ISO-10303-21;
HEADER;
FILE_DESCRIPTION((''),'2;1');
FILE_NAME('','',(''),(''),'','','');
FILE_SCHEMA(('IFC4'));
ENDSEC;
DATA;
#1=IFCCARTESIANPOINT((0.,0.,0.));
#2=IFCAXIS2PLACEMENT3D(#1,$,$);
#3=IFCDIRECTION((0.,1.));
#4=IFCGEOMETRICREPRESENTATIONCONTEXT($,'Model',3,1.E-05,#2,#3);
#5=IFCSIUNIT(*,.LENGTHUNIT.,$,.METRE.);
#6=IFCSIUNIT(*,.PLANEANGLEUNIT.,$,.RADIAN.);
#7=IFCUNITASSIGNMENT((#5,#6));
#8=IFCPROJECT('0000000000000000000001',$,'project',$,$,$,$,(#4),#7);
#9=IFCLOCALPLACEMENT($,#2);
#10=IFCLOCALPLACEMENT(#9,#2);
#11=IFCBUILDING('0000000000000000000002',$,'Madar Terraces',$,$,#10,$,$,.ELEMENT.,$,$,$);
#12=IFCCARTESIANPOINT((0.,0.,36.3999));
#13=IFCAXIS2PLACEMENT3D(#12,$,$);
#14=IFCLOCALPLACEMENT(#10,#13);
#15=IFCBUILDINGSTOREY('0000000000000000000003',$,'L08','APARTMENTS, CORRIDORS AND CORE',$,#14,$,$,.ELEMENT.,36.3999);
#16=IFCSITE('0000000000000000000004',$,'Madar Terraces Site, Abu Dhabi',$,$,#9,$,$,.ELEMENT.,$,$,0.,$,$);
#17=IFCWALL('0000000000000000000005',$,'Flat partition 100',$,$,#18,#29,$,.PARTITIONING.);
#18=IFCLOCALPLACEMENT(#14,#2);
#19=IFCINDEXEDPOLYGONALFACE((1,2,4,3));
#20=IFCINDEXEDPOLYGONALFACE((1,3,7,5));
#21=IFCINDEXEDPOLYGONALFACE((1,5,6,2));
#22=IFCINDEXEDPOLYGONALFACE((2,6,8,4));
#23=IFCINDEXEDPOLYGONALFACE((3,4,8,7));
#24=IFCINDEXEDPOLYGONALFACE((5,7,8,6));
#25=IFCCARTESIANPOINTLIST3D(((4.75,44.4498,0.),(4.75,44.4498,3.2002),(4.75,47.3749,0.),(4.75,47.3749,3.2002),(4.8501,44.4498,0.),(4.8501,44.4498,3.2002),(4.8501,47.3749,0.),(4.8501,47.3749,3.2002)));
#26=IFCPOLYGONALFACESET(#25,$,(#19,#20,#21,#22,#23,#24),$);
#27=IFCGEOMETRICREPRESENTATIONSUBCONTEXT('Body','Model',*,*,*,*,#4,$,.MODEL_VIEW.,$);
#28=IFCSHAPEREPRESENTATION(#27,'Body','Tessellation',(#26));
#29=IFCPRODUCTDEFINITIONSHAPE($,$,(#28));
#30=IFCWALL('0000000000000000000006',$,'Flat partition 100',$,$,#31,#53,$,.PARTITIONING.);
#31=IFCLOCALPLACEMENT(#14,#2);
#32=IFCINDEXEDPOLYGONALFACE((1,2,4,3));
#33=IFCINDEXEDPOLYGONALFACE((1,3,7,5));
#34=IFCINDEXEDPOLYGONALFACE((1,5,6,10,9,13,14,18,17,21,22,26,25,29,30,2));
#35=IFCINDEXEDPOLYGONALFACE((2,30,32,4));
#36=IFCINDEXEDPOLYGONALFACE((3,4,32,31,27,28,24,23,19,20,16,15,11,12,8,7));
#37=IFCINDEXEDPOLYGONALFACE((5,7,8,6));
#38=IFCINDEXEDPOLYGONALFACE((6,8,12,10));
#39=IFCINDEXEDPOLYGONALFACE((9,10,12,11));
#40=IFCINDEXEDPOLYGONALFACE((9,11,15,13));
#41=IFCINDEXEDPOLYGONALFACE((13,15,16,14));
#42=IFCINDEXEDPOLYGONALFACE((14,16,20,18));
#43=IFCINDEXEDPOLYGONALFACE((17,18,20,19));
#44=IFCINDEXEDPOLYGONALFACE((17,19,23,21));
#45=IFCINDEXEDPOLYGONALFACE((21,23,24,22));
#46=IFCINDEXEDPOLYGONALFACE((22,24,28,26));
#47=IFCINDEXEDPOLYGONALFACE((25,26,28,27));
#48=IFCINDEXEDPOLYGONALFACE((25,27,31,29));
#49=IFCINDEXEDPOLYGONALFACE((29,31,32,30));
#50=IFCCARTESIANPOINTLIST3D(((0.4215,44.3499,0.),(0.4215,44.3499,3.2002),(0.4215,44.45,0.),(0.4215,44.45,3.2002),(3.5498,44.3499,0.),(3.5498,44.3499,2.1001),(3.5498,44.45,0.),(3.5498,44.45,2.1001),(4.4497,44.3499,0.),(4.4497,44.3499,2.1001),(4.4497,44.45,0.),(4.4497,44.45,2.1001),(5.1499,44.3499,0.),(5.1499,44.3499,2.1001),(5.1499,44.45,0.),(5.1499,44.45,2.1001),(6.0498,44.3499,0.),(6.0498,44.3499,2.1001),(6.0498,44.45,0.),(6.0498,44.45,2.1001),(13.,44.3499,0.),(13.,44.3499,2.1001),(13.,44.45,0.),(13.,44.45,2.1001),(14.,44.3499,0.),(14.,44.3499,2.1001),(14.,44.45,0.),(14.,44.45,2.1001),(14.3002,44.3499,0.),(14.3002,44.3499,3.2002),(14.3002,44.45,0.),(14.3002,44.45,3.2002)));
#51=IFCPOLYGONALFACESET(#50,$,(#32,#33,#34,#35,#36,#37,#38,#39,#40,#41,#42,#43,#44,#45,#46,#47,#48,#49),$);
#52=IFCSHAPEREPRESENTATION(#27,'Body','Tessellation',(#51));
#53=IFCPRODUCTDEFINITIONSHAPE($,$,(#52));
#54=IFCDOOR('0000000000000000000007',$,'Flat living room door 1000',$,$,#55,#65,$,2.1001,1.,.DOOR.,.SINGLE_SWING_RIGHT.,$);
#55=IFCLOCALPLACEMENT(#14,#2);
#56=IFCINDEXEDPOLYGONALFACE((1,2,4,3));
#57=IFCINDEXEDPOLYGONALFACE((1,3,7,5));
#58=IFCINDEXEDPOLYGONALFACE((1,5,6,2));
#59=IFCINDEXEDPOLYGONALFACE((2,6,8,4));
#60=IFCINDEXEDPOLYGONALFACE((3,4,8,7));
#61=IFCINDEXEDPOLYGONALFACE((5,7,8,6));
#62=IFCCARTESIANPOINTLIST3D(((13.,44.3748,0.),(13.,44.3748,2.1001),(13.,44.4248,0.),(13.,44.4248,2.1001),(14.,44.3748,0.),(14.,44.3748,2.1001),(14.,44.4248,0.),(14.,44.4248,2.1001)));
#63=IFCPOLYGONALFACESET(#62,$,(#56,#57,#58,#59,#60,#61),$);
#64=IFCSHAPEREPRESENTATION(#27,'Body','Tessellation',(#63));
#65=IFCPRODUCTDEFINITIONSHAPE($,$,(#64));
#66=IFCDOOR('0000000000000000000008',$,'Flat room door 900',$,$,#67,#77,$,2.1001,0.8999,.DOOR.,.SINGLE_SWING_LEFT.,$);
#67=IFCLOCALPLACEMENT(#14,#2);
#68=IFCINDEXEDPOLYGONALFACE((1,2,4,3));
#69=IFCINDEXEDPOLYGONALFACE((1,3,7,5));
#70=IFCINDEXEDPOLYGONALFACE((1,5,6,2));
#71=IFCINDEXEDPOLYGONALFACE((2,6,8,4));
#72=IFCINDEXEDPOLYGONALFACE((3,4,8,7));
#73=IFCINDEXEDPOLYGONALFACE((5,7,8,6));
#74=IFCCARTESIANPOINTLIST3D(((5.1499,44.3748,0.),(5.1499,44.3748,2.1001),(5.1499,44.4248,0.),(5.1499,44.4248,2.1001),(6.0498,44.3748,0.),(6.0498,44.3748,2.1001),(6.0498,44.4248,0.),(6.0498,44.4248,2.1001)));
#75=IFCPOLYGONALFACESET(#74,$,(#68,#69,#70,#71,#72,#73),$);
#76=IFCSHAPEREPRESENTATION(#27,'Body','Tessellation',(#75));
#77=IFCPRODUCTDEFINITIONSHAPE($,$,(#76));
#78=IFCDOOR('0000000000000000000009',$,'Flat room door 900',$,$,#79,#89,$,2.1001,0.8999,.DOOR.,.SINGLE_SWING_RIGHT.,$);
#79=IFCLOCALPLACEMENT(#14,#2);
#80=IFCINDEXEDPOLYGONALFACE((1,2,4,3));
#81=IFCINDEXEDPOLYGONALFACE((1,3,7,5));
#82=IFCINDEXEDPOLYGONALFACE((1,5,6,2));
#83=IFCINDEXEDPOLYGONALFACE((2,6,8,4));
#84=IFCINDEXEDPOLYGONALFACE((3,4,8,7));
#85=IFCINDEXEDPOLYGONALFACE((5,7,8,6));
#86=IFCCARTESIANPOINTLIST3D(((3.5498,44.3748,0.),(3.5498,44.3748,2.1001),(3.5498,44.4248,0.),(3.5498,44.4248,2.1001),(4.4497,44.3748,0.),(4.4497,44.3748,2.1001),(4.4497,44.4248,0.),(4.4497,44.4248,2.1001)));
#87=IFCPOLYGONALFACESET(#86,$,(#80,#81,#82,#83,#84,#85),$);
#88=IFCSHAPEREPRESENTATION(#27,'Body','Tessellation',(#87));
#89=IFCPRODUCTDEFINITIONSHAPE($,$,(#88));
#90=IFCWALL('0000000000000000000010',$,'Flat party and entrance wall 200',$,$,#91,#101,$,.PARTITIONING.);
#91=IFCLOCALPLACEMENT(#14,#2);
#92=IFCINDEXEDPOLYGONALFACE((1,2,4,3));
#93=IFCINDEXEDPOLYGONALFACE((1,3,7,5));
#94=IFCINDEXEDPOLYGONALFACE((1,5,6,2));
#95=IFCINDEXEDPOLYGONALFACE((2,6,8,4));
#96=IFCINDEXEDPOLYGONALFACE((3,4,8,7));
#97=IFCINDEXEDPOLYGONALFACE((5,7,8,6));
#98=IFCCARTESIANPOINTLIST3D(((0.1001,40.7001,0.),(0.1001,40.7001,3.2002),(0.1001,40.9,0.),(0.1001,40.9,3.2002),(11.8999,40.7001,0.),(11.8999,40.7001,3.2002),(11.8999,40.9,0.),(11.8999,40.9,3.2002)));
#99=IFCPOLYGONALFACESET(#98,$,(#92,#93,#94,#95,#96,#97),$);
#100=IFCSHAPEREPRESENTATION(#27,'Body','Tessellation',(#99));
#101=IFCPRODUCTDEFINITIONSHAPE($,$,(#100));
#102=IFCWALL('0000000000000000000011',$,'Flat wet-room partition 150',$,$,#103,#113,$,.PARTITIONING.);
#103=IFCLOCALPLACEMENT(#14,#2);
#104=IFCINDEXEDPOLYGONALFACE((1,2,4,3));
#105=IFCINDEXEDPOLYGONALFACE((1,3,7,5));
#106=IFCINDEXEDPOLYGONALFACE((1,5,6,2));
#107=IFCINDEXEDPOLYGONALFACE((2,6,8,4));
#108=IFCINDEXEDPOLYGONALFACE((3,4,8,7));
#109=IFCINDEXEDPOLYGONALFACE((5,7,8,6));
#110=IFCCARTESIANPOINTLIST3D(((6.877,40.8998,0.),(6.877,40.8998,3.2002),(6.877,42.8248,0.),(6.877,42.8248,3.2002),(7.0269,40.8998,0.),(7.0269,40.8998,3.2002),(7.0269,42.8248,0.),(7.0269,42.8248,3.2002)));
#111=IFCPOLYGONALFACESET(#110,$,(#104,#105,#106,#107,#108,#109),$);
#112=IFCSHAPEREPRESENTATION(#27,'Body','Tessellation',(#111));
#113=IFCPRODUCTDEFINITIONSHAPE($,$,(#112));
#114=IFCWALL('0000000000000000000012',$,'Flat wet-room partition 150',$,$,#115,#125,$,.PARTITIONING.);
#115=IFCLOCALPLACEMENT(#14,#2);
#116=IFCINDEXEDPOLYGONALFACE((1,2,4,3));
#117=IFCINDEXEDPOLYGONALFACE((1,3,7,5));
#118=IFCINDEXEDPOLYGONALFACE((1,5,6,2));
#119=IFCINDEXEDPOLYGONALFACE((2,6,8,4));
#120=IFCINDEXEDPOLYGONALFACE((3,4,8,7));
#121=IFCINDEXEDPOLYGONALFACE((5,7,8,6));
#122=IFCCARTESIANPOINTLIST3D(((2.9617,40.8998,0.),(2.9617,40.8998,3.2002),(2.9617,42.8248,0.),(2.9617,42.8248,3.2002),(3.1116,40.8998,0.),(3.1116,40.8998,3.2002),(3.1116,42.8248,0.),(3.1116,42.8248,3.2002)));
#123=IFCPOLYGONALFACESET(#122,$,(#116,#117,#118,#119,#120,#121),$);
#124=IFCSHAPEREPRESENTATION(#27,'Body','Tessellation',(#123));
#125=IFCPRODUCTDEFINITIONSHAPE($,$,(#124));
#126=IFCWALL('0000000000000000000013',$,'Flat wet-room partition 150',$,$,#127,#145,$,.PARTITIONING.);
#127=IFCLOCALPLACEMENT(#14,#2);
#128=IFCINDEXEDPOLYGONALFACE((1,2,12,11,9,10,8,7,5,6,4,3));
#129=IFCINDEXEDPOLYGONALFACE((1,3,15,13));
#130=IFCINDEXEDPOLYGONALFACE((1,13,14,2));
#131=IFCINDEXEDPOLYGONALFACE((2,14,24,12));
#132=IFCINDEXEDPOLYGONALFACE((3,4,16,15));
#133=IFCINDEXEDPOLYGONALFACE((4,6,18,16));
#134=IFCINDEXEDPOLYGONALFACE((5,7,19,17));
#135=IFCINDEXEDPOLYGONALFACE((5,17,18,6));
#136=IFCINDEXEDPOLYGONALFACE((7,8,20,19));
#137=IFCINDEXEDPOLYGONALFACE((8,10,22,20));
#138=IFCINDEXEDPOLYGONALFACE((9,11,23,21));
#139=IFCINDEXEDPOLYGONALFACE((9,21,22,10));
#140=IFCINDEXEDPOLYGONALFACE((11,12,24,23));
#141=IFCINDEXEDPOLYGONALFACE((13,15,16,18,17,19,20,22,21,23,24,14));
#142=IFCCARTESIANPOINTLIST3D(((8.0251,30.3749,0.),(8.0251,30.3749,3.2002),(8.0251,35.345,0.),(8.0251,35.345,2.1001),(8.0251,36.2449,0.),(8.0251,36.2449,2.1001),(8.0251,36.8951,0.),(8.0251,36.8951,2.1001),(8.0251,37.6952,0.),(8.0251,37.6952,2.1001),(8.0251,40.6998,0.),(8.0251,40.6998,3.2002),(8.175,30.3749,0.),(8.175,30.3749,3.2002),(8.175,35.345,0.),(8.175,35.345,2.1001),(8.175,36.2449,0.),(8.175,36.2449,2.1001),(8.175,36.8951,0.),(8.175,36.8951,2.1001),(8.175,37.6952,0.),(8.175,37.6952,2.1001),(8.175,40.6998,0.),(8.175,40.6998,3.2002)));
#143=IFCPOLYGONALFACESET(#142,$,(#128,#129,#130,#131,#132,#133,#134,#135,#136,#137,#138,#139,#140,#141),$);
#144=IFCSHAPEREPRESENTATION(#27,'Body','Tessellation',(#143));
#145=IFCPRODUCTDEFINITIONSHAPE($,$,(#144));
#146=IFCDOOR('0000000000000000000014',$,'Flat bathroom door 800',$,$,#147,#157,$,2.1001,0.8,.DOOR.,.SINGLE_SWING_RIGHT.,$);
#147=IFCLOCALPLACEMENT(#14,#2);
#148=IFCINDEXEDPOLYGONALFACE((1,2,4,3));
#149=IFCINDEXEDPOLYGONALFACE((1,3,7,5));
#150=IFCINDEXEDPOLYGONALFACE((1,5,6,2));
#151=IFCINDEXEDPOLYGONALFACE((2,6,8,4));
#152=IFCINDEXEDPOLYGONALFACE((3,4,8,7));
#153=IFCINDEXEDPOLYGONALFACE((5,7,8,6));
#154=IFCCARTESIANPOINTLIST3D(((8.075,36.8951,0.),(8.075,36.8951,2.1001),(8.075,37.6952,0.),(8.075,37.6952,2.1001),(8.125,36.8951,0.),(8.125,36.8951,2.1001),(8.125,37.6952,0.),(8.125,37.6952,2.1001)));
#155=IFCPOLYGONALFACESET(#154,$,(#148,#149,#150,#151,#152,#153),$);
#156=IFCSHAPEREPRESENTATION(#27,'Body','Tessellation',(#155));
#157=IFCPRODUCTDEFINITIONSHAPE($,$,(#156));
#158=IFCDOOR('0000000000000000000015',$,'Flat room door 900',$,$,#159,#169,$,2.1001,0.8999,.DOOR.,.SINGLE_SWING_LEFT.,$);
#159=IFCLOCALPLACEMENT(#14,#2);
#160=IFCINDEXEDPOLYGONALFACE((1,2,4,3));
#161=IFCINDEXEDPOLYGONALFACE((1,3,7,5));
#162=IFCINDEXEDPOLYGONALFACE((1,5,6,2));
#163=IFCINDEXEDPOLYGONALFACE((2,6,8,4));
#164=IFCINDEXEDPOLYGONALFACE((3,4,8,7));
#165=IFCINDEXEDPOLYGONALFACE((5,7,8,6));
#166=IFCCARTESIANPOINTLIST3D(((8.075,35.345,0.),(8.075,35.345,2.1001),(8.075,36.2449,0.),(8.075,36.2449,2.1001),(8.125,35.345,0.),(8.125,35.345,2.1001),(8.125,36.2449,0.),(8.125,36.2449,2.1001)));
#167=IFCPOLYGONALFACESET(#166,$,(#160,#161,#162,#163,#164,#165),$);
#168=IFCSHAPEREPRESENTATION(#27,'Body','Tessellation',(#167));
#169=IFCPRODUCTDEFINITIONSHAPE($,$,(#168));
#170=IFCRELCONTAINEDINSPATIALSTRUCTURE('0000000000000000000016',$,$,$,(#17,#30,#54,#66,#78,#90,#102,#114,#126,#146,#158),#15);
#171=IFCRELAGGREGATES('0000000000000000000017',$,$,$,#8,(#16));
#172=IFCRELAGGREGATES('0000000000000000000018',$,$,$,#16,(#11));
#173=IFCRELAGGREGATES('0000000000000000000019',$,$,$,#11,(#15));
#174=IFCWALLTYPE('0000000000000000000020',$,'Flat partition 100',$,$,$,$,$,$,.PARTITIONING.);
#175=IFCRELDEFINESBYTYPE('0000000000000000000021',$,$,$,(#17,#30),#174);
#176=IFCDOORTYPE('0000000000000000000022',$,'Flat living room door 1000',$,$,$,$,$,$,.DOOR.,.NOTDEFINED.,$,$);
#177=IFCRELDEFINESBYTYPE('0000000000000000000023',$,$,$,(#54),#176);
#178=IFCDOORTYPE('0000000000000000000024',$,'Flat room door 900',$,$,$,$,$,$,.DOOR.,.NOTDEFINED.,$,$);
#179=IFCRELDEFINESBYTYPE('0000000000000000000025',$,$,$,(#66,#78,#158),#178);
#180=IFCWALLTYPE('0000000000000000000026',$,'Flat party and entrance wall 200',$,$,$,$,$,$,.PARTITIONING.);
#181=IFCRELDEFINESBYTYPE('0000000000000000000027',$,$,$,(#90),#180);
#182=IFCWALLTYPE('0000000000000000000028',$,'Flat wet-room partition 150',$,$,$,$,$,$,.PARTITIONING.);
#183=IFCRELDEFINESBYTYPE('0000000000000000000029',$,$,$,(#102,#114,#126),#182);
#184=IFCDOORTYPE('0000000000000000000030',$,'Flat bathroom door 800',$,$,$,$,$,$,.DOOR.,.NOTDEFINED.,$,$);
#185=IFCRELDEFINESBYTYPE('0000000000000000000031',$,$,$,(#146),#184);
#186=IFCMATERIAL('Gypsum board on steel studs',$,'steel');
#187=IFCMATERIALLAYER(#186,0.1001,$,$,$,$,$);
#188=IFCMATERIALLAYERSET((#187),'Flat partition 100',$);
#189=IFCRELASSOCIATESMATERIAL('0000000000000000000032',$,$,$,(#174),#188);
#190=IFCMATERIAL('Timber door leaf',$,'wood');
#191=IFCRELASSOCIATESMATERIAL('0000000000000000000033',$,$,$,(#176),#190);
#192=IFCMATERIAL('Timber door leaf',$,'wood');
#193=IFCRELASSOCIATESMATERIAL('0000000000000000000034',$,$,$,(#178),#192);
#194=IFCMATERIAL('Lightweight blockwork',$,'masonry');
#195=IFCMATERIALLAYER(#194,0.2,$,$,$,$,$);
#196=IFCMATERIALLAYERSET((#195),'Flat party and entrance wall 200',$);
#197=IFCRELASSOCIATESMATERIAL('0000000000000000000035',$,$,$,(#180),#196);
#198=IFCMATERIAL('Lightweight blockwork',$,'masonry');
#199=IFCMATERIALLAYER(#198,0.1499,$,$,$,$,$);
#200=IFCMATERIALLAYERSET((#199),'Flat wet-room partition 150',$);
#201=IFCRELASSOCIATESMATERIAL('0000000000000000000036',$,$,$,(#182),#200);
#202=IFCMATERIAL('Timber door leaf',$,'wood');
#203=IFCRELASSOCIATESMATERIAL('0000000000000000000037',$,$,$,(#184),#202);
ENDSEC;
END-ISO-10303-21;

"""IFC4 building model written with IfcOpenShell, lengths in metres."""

from ifc_helpers import new_model, si_unit, direction, frame, frame_2d, origin, place, context, subcontext, project, spatial, rectangle, extrude, material, layer, layer_set, type_object, element, fill, save


model = new_model("IFC4")

# Units and contexts
model_context = context("Model", 3, precision=1e-05, world=origin(), true_north=direction((0.0, 1.0)))
body_context = subcontext(model_context, "Body", "Model", "MODEL_VIEW")
ifc_project = project(units=[si_unit("LENGTHUNIT", "METRE"), si_unit("PLANEANGLEUNIT", "RADIAN")], contexts=[model_context])

# Site, building, storey
site_placement = place(None, origin())
site = spatial("IfcSite", under=ifc_project, at=site_placement, Name="Madar Terraces Site, Abu Dhabi", CompositionType="ELEMENT", RefElevation=0.0)
building_placement = place(site_placement, origin())
building = spatial("IfcBuilding", under=site, at=building_placement, Name="Madar Terraces", CompositionType="ELEMENT")
storey_placement = place(building_placement, frame((0.0, 0.0, 36.3999)))
storey = spatial("IfcBuildingStorey", under=building, at=storey_placement, Name="L08", Description="APARTMENTS, CORRIDORS AND CORE", CompositionType="ELEMENT", Elevation=36.3999)

# Wall
ifc_material_1 = material(Name="Gypsum board on steel studs", Category="steel")
ifc_layer_1 = layer(ifc_material_1, 0.1001)
ifc_layer_set_1 = layer_set([ifc_layer_1], Name="Flat partition 100")
wall_type_1 = type_object("IfcWallType", Name="Flat partition 100", PredefinedType="PARTITIONING", material=ifc_layer_set_1)
wall_1_placement = place(storey_placement, frame((4.8, 44.45, 0.0), z_axis=(0.0, 0.0, 1.0), x_axis=(0.0, 1.0, 0.0)))
element("IfcWall", 1, at=wall_1_placement, inside=storey, type_object=wall_type_1, Name="Flat partition 100", PredefinedType="PARTITIONING", context=body_context, shape_type="SweptSolid", body=[
    extrude(rectangle(XDim=2.925, YDim=0.1001, at=frame_2d((1.4624, 0.0))), origin(), (0.0, 0.0, 1.0), 3.2002),
])

# Wall, openings, doors
wall_2_placement = place(storey_placement, frame((0.4214, 44.3999, 0.0), z_axis=(0.0, 0.0, 1.0), x_axis=(1.0, 0.0, 0.0)))
wall_2 = element("IfcWall", 2, at=wall_2_placement, inside=storey, type_object=wall_type_1, Name="Flat partition 100", PredefinedType="PARTITIONING", context=body_context, shape_type="SweptSolid", body=[
    extrude(rectangle(XDim=13.8787, YDim=0.1001, at=frame_2d((6.9395, 0.0))), origin(), (0.0, 0.0, 1.0), 3.2002),
])
opening_1_placement = place(wall_2_placement, frame((12.5786, 0.0, 0.0)))
opening_1 = element("IfcOpeningElement", 3, at=opening_1_placement, cuts=wall_2, PredefinedType="OPENING", context=body_context, shape_type="SweptSolid", body=[
    extrude(rectangle(XDim=1.0, YDim=2.1001, at=frame_2d((0.5, 1.05))), frame((0.0, 0.0601, 0.0), z_axis=(0.0, -1.0, 0.0), x_axis=(1.0, 0.0, 0.0)), (0.0, 0.0, 1.0), 0.1201),
])
opening_2_placement = place(wall_2_placement, frame((4.7285, 0.0, 0.0)))
opening_2 = element("IfcOpeningElement", 4, at=opening_2_placement, cuts=wall_2, PredefinedType="OPENING", context=body_context, shape_type="SweptSolid", body=[
    extrude(rectangle(XDim=0.8999, YDim=2.1001, at=frame_2d((0.45, 1.05))), frame((0.0, 0.0601, 0.0), z_axis=(0.0, -1.0, 0.0), x_axis=(1.0, 0.0, 0.0)), (0.0, 0.0, 1.0), 0.1201),
])
opening_3_placement = place(wall_2_placement, frame((3.1284, 0.0, 0.0)))
opening_3 = element("IfcOpeningElement", 5, at=opening_3_placement, cuts=wall_2, PredefinedType="OPENING", context=body_context, shape_type="SweptSolid", body=[
    extrude(rectangle(XDim=0.8999, YDim=2.1001, at=frame_2d((0.45, 1.05))), frame((0.0, 0.0601, 0.0), z_axis=(0.0, -1.0, 0.0), x_axis=(1.0, 0.0, 0.0)), (0.0, 0.0, 1.0), 0.1201),
])
ifc_material_2 = material(Name="Timber door leaf", Category="wood")
door_type_1 = type_object("IfcDoorType", Name="Flat living room door 1000", OperationType="NOTDEFINED", PredefinedType="DOOR", material=ifc_material_2)
door_1_placement = place(opening_1_placement, origin())
door_1 = element("IfcDoor", 6, at=door_1_placement, inside=storey, type_object=door_type_1, Name="Flat living room door 1000", OperationType="SINGLE_SWING_RIGHT", OverallHeight=2.1001, OverallWidth=1.0, PredefinedType="DOOR", context=body_context, shape_type="SweptSolid", body=[
    extrude(rectangle(XDim=1.0, YDim=2.1001, at=frame_2d((0.5, 1.05))), frame((0.0, 0.0249, 0.0), z_axis=(0.0, -1.0, 0.0), x_axis=(1.0, 0.0, 0.0)), (0.0, 0.0, 1.0), 0.05),
])
fill(opening_1, door_1)
ifc_material_3 = material(Name="Timber door leaf", Category="wood")
door_type_2 = type_object("IfcDoorType", Name="Flat room door 900", OperationType="NOTDEFINED", PredefinedType="DOOR", material=ifc_material_3)
door_2_placement = place(opening_2_placement, origin())
door_2 = element("IfcDoor", 7, at=door_2_placement, inside=storey, type_object=door_type_2, Name="Flat room door 900", OperationType="SINGLE_SWING_LEFT", OverallHeight=2.1001, OverallWidth=0.8999, PredefinedType="DOOR", context=body_context, shape_type="SweptSolid", body=[
    extrude(rectangle(XDim=0.8999, YDim=2.1001, at=frame_2d((0.45, 1.05))), frame((0.0, 0.0249, 0.0), z_axis=(0.0, -1.0, 0.0), x_axis=(1.0, 0.0, 0.0)), (0.0, 0.0, 1.0), 0.05),
])
fill(opening_2, door_2)
door_3_placement = place(opening_3_placement, origin())
door_3 = element("IfcDoor", 8, at=door_3_placement, inside=storey, type_object=door_type_2, Name="Flat room door 900", OperationType="SINGLE_SWING_RIGHT", OverallHeight=2.1001, OverallWidth=0.8999, PredefinedType="DOOR", context=body_context, shape_type="SweptSolid", body=[
    extrude(rectangle(XDim=0.8999, YDim=2.1001, at=frame_2d((0.45, 1.05))), frame((0.0, 0.0249, 0.0), z_axis=(0.0, -1.0, 0.0), x_axis=(1.0, 0.0, 0.0)), (0.0, 0.0, 1.0), 0.05),
])
fill(opening_3, door_3)

# Walls
ifc_material_4 = material(Name="Lightweight blockwork", Category="masonry")
ifc_layer_2 = layer(ifc_material_4, 0.2)
ifc_layer_set_2 = layer_set([ifc_layer_2], Name="Flat party and entrance wall 200")
wall_type_2 = type_object("IfcWallType", Name="Flat party and entrance wall 200", PredefinedType="PARTITIONING", material=ifc_layer_set_2)
wall_3_placement = place(storey_placement, frame((0.1001, 40.8, 0.0), z_axis=(0.0, 0.0, 1.0), x_axis=(1.0, 0.0, 0.0)))
element("IfcWall", 9, at=wall_3_placement, inside=storey, type_object=wall_type_2, Name="Flat party and entrance wall 200", PredefinedType="PARTITIONING", context=body_context, shape_type="SweptSolid", body=[
    extrude(rectangle(XDim=11.7998, YDim=0.2, at=frame_2d((5.8999, 0.0))), origin(), (0.0, 0.0, 1.0), 3.2002),
])
ifc_material_5 = material(Name="Lightweight blockwork", Category="masonry")
ifc_layer_3 = layer(ifc_material_5, 0.1499)
ifc_layer_set_3 = layer_set([ifc_layer_3], Name="Flat wet-room partition 150")
wall_type_3 = type_object("IfcWallType", Name="Flat wet-room partition 150", PredefinedType="PARTITIONING", material=ifc_layer_set_3)
for number, where, z_axis, x_axis, name in (
    (10, (6.9519, 40.8999, 0.0), (0.0, 0.0, 1.0), (0.0, 1.0, 0.0), "Flat wet-room partition 150"),
    (11, (3.0366, 40.8999, 0.0), (0.0, 0.0, 1.0), (0.0, 1.0, 0.0), "Flat wet-room partition 150"),
):
    element("IfcWall", number, at=place(storey_placement, frame(where, z_axis=z_axis, x_axis=x_axis)), inside=storey, type_object=wall_type_3, Name=name, PredefinedType="PARTITIONING", context=body_context, shape_type="SweptSolid", body=[
        extrude(rectangle(XDim=1.925, YDim=0.1499, at=frame_2d((0.9624, 0.0))), origin(), (0.0, 0.0, 1.0), 3.2002),
    ])

# Wall, openings, doors
wall_4_placement = place(storey_placement, frame((8.1001, 40.7, 0.0), z_axis=(0.0, 0.0, 1.0), x_axis=(0.0, -1.0, 0.0)))
wall_4 = element("IfcWall", 12, at=wall_4_placement, inside=storey, type_object=wall_type_3, Name="Flat wet-room partition 150", PredefinedType="PARTITIONING", context=body_context, shape_type="SweptSolid", body=[
    extrude(rectangle(XDim=10.325, YDim=0.1499, at=frame_2d((5.1626, 0.0))), origin(), (0.0, 0.0, 1.0), 3.2002),
])
opening_4_placement = place(wall_4_placement, frame((4.4551, 0.0, 0.0)))
opening_4 = element("IfcOpeningElement", 13, at=opening_4_placement, cuts=wall_4, PredefinedType="OPENING", context=body_context, shape_type="SweptSolid", body=[
    extrude(rectangle(XDim=0.8999, YDim=2.1001, at=frame_2d((0.45, 1.05))), frame((0.0, 0.085, 0.0), z_axis=(0.0, -1.0, 0.0), x_axis=(1.0, 0.0, 0.0)), (0.0, 0.0, 1.0), 0.1699),
])
opening_5_placement = place(wall_4_placement, frame((3.0049, 0.0, 0.0)))
opening_5 = element("IfcOpeningElement", 14, at=opening_5_placement, cuts=wall_4, PredefinedType="OPENING", context=body_context, shape_type="SweptSolid", body=[
    extrude(rectangle(XDim=0.8, YDim=2.1001, at=frame_2d((0.3999, 1.05))), frame((0.0, 0.085, 0.0), z_axis=(0.0, -1.0, 0.0), x_axis=(1.0, 0.0, 0.0)), (0.0, 0.0, 1.0), 0.1699),
])
ifc_material_6 = material(Name="Timber door leaf", Category="wood")
door_type_3 = type_object("IfcDoorType", Name="Flat bathroom door 800", OperationType="NOTDEFINED", PredefinedType="DOOR", material=ifc_material_6)
door_4_placement = place(opening_5_placement, origin())
door_4 = element("IfcDoor", 15, at=door_4_placement, inside=storey, type_object=door_type_3, Name="Flat bathroom door 800", OperationType="SINGLE_SWING_RIGHT", OverallHeight=2.1001, OverallWidth=0.8, PredefinedType="DOOR", context=body_context, shape_type="SweptSolid", body=[
    extrude(rectangle(XDim=0.8, YDim=2.1001, at=frame_2d((0.3999, 1.05))), frame((0.0, 0.0249, 0.0), z_axis=(0.0, -1.0, 0.0), x_axis=(1.0, 0.0, 0.0)), (0.0, 0.0, 1.0), 0.05),
])
fill(opening_5, door_4)
door_5_placement = place(opening_4_placement, origin())
door_5 = element("IfcDoor", 16, at=door_5_placement, inside=storey, type_object=door_type_2, Name="Flat room door 900", OperationType="SINGLE_SWING_LEFT", OverallHeight=2.1001, OverallWidth=0.8999, PredefinedType="DOOR", context=body_context, shape_type="SweptSolid", body=[
    extrude(rectangle(XDim=0.8999, YDim=2.1001, at=frame_2d((0.45, 1.05))), frame((0.0, 0.0249, 0.0), z_axis=(0.0, -1.0, 0.0), x_axis=(1.0, 0.0, 0.0)), (0.0, 0.0, 1.0), 0.05),
])
fill(opening_4, door_5)

save(model, "model.ifc")
